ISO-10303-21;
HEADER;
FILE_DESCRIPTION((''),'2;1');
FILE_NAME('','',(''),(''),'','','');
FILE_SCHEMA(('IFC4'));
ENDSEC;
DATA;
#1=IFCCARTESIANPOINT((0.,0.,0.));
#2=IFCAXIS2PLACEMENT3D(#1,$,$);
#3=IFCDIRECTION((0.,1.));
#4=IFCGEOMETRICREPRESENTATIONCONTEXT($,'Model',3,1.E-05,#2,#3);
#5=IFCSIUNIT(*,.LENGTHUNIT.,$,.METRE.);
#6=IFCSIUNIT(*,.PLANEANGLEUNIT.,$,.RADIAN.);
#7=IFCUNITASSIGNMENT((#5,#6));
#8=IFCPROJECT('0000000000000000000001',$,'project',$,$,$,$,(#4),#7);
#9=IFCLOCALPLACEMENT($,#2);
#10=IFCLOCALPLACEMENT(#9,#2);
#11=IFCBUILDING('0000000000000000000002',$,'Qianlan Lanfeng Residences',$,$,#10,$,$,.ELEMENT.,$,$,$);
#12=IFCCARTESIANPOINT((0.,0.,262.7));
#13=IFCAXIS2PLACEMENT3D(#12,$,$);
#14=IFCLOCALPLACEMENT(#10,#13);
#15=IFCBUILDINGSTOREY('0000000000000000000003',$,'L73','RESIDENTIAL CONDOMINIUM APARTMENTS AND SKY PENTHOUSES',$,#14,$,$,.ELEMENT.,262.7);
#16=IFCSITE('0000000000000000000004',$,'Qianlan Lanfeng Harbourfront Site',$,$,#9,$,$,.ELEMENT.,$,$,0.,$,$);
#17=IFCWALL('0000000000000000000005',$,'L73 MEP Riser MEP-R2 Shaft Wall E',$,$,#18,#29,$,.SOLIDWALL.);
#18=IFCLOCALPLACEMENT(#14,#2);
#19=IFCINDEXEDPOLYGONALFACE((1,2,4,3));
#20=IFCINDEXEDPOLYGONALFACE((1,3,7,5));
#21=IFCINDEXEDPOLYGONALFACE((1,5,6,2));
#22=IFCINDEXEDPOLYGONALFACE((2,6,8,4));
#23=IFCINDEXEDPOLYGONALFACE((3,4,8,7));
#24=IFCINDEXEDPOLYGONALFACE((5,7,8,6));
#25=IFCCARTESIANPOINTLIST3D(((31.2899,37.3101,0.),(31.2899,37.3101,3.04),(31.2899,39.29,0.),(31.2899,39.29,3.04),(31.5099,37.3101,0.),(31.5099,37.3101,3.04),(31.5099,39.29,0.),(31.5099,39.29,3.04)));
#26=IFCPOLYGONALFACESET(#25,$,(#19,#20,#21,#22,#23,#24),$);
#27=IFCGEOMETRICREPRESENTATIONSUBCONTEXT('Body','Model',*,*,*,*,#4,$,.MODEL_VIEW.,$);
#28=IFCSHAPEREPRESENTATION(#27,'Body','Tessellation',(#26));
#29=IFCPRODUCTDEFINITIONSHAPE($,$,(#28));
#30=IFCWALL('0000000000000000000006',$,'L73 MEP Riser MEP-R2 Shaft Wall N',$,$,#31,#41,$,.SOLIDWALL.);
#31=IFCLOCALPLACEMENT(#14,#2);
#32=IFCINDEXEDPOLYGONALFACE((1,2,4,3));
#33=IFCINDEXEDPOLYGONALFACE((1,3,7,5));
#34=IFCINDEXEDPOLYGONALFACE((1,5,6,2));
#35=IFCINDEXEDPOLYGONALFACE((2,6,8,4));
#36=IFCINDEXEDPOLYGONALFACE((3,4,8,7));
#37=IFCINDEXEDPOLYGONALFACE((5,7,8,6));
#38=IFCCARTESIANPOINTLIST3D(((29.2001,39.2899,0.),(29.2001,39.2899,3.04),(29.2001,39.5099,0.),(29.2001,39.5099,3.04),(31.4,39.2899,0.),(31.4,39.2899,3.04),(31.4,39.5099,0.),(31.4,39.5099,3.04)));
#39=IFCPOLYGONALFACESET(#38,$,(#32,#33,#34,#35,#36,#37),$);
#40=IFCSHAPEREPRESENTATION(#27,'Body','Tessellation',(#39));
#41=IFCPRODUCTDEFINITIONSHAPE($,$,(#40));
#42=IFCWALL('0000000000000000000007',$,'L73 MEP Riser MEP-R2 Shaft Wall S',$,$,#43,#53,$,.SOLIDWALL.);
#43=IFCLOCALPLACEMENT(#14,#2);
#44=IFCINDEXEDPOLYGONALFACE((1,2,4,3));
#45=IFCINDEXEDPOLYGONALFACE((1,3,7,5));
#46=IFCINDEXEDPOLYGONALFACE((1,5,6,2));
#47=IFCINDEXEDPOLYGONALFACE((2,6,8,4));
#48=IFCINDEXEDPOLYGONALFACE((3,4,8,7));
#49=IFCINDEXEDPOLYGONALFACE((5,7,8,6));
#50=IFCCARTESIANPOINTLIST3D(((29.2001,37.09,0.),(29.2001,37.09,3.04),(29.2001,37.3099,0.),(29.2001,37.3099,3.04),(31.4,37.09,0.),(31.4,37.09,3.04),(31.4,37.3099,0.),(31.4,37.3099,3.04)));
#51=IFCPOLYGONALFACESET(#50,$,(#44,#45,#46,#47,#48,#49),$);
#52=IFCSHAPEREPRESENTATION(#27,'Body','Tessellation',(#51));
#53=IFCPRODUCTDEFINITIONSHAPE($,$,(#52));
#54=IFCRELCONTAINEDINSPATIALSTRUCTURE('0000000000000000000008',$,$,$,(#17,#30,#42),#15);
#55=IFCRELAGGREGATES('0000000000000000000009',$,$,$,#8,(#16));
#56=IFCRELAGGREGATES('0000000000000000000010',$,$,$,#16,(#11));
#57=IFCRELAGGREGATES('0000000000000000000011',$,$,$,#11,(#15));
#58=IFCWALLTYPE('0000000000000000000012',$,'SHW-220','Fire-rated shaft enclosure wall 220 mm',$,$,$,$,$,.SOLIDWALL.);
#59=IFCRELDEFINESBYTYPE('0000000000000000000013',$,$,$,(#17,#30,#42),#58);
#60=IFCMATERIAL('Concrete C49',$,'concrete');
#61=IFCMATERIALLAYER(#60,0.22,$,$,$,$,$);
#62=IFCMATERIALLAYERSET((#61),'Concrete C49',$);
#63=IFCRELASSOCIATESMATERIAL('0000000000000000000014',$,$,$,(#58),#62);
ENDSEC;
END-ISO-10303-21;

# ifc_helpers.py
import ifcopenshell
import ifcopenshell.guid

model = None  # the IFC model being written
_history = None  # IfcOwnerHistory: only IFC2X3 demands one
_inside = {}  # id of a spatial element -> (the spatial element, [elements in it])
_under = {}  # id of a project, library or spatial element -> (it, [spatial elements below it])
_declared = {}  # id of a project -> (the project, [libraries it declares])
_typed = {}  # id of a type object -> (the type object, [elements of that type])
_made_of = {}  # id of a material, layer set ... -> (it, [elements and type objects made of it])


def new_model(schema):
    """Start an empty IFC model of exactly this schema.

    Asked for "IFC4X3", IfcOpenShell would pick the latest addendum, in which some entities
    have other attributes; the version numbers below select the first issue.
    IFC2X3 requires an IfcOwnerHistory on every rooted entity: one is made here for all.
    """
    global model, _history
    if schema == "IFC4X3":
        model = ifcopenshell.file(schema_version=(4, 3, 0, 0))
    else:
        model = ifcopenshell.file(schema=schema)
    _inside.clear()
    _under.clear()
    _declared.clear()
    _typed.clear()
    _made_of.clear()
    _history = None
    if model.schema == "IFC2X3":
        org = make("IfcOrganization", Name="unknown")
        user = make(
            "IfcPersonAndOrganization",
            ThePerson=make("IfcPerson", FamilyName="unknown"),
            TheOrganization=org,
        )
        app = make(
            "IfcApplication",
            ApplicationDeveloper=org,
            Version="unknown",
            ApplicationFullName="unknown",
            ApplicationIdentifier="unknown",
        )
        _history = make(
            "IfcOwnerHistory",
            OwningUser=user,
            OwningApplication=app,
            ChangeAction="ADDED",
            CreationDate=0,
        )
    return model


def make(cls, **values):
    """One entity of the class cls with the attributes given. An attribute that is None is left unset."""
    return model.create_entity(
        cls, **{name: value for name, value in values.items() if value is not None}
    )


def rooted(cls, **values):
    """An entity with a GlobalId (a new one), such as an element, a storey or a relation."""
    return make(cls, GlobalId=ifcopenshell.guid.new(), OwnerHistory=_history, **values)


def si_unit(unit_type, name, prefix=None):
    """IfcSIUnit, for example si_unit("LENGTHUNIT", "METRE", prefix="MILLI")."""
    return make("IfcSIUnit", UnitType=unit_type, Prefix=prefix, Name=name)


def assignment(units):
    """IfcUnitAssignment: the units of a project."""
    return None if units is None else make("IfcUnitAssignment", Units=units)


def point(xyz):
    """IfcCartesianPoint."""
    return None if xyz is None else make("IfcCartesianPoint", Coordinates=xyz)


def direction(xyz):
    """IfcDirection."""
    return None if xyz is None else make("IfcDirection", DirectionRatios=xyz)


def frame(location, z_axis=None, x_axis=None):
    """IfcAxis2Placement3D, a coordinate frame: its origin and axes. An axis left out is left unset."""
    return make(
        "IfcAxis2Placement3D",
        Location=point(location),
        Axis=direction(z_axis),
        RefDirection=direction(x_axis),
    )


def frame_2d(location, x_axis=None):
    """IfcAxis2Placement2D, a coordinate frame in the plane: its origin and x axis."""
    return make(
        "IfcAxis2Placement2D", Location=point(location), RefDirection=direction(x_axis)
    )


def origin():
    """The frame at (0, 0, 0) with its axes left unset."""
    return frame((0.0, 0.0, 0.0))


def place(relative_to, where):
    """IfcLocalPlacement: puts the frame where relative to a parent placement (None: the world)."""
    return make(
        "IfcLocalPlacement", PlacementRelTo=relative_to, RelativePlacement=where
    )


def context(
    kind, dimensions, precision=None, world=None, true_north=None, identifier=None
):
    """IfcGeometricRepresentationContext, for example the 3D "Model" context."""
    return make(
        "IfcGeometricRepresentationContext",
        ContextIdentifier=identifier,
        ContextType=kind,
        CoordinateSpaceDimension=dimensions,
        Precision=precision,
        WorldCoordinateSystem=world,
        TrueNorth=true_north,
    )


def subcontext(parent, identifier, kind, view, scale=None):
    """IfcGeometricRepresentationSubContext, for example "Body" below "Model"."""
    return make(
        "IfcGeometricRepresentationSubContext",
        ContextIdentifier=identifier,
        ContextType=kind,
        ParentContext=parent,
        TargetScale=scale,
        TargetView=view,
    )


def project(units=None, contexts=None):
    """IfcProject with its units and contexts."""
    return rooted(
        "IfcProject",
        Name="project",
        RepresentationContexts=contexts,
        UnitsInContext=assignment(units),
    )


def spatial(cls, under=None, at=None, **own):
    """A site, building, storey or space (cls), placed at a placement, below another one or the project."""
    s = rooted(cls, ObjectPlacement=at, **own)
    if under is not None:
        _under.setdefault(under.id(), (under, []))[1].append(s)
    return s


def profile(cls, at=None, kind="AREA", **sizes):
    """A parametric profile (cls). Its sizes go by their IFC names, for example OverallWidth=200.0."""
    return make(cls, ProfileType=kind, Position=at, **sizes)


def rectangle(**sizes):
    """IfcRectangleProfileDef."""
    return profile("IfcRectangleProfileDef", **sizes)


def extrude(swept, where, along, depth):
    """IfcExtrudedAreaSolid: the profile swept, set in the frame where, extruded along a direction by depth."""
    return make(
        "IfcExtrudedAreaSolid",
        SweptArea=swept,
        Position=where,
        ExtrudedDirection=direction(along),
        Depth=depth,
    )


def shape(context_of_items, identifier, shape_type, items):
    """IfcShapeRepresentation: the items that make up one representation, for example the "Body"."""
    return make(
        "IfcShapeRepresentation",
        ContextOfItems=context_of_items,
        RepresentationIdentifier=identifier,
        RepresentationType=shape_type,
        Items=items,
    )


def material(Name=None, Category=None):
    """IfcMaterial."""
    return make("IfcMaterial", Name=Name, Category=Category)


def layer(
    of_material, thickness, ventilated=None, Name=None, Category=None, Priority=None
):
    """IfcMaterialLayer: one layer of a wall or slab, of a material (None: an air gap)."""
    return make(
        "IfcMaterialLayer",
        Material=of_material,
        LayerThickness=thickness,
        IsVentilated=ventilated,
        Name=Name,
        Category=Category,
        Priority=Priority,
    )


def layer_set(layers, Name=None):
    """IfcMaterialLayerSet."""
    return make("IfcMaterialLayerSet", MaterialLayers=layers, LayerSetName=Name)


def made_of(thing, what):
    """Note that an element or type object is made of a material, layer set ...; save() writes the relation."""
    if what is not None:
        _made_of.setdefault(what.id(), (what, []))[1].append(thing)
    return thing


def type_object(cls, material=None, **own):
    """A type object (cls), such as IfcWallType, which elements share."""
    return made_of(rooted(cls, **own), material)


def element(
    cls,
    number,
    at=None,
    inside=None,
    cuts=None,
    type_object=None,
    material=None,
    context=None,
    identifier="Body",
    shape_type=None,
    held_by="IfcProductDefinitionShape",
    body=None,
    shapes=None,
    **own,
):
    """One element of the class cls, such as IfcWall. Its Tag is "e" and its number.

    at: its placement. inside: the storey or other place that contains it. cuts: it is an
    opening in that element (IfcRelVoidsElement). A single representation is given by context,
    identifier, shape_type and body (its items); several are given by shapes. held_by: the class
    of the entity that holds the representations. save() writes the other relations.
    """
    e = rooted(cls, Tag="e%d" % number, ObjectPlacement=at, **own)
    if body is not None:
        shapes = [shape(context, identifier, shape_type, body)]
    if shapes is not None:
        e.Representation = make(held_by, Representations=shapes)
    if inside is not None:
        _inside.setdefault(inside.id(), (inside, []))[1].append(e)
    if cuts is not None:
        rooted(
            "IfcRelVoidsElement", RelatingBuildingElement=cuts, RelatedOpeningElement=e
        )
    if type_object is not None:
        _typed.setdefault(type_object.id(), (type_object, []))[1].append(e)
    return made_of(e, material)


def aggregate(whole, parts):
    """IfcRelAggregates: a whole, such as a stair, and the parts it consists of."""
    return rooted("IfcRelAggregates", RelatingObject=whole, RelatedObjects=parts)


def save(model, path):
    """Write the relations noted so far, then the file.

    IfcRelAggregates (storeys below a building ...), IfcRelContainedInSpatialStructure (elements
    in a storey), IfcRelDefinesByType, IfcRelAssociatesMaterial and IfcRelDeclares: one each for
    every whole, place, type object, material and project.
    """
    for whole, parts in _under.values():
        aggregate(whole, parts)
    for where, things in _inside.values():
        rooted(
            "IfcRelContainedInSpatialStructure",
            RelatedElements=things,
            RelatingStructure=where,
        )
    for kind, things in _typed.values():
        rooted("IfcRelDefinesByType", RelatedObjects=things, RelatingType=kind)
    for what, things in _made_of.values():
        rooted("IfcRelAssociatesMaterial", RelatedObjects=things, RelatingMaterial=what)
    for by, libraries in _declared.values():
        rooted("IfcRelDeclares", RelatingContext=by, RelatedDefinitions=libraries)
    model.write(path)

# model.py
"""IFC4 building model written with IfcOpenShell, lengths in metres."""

from ifc_helpers import new_model, si_unit, direction, frame, frame_2d, origin, place, context, subcontext, project, spatial, rectangle, extrude, material, layer, layer_set, type_object, element, save


model = new_model("IFC4")

# Units and contexts
model_context = context("Model", 3, precision=1e-05, world=origin(), true_north=direction((0.0, 1.0)))
body_context = subcontext(model_context, "Body", "Model", "MODEL_VIEW")
ifc_project = project(units=[si_unit("LENGTHUNIT", "METRE"), si_unit("PLANEANGLEUNIT", "RADIAN")], contexts=[model_context])

# Site, building, storey
site_placement = place(None, origin())
site = spatial("IfcSite", under=ifc_project, at=site_placement, Name="Qianlan Lanfeng Harbourfront Site", CompositionType="ELEMENT", RefElevation=0.0)
building_placement = place(site_placement, origin())
building = spatial("IfcBuilding", under=site, at=building_placement, Name="Qianlan Lanfeng Residences", CompositionType="ELEMENT")
storey_placement = place(building_placement, frame((0.0, 0.0, 262.7)))
storey = spatial("IfcBuildingStorey", under=building, at=storey_placement, Name="L73", Description="RESIDENTIAL CONDOMINIUM APARTMENTS AND SKY PENTHOUSES", CompositionType="ELEMENT", Elevation=262.7)

# Walls
ifc_material_1 = material(Name="Concrete C49", Category="concrete")
ifc_layer_1 = layer(ifc_material_1, 0.22)
ifc_layer_set_1 = layer_set([ifc_layer_1], Name="Concrete C49")
wall_type_1 = type_object("IfcWallType", Name="SHW-220", Description="Fire-rated shaft enclosure wall 220 mm", PredefinedType="SOLIDWALL", material=ifc_layer_set_1)
for number, where, z_axis, x_axis, name in (
    (1, (31.3999, 37.3101, 0.0), (0.0, 0.0, 1.0), (0.0, 1.0, 0.0), "L73 MEP Riser MEP-R2 Shaft Wall E"),
):
    element("IfcWall", number, at=place(storey_placement, frame(where, z_axis=z_axis, x_axis=x_axis)), inside=storey, type_object=wall_type_1, Name=name, PredefinedType="SOLIDWALL", context=body_context, shape_type="SweptSolid", body=[
        extrude(rectangle(XDim=1.98, YDim=0.22, at=frame_2d((0.99, 0.0))), origin(), (0.0, 0.0, 1.0), 3.04),
    ])
for number, where, z_axis, x_axis, name in (
    (2, (29.2, 39.3999, 0.0), (0.0, 0.0, 1.0), (1.0, 0.0, 0.0), "L73 MEP Riser MEP-R2 Shaft Wall N"),
    (3, (29.2, 37.2, 0.0), (0.0, 0.0, 1.0), (1.0, 0.0, 0.0), "L73 MEP Riser MEP-R2 Shaft Wall S"),
):
    element("IfcWall", number, at=place(storey_placement, frame(where, z_axis=z_axis, x_axis=x_axis)), inside=storey, type_object=wall_type_1, Name=name, PredefinedType="SOLIDWALL", context=body_context, shape_type="SweptSolid", body=[
        extrude(rectangle(XDim=2.2, YDim=0.22, at=frame_2d((1.1001, 0.0))), origin(), (0.0, 0.0, 1.0), 3.04),
    ])

save(model, "model.ifc")
